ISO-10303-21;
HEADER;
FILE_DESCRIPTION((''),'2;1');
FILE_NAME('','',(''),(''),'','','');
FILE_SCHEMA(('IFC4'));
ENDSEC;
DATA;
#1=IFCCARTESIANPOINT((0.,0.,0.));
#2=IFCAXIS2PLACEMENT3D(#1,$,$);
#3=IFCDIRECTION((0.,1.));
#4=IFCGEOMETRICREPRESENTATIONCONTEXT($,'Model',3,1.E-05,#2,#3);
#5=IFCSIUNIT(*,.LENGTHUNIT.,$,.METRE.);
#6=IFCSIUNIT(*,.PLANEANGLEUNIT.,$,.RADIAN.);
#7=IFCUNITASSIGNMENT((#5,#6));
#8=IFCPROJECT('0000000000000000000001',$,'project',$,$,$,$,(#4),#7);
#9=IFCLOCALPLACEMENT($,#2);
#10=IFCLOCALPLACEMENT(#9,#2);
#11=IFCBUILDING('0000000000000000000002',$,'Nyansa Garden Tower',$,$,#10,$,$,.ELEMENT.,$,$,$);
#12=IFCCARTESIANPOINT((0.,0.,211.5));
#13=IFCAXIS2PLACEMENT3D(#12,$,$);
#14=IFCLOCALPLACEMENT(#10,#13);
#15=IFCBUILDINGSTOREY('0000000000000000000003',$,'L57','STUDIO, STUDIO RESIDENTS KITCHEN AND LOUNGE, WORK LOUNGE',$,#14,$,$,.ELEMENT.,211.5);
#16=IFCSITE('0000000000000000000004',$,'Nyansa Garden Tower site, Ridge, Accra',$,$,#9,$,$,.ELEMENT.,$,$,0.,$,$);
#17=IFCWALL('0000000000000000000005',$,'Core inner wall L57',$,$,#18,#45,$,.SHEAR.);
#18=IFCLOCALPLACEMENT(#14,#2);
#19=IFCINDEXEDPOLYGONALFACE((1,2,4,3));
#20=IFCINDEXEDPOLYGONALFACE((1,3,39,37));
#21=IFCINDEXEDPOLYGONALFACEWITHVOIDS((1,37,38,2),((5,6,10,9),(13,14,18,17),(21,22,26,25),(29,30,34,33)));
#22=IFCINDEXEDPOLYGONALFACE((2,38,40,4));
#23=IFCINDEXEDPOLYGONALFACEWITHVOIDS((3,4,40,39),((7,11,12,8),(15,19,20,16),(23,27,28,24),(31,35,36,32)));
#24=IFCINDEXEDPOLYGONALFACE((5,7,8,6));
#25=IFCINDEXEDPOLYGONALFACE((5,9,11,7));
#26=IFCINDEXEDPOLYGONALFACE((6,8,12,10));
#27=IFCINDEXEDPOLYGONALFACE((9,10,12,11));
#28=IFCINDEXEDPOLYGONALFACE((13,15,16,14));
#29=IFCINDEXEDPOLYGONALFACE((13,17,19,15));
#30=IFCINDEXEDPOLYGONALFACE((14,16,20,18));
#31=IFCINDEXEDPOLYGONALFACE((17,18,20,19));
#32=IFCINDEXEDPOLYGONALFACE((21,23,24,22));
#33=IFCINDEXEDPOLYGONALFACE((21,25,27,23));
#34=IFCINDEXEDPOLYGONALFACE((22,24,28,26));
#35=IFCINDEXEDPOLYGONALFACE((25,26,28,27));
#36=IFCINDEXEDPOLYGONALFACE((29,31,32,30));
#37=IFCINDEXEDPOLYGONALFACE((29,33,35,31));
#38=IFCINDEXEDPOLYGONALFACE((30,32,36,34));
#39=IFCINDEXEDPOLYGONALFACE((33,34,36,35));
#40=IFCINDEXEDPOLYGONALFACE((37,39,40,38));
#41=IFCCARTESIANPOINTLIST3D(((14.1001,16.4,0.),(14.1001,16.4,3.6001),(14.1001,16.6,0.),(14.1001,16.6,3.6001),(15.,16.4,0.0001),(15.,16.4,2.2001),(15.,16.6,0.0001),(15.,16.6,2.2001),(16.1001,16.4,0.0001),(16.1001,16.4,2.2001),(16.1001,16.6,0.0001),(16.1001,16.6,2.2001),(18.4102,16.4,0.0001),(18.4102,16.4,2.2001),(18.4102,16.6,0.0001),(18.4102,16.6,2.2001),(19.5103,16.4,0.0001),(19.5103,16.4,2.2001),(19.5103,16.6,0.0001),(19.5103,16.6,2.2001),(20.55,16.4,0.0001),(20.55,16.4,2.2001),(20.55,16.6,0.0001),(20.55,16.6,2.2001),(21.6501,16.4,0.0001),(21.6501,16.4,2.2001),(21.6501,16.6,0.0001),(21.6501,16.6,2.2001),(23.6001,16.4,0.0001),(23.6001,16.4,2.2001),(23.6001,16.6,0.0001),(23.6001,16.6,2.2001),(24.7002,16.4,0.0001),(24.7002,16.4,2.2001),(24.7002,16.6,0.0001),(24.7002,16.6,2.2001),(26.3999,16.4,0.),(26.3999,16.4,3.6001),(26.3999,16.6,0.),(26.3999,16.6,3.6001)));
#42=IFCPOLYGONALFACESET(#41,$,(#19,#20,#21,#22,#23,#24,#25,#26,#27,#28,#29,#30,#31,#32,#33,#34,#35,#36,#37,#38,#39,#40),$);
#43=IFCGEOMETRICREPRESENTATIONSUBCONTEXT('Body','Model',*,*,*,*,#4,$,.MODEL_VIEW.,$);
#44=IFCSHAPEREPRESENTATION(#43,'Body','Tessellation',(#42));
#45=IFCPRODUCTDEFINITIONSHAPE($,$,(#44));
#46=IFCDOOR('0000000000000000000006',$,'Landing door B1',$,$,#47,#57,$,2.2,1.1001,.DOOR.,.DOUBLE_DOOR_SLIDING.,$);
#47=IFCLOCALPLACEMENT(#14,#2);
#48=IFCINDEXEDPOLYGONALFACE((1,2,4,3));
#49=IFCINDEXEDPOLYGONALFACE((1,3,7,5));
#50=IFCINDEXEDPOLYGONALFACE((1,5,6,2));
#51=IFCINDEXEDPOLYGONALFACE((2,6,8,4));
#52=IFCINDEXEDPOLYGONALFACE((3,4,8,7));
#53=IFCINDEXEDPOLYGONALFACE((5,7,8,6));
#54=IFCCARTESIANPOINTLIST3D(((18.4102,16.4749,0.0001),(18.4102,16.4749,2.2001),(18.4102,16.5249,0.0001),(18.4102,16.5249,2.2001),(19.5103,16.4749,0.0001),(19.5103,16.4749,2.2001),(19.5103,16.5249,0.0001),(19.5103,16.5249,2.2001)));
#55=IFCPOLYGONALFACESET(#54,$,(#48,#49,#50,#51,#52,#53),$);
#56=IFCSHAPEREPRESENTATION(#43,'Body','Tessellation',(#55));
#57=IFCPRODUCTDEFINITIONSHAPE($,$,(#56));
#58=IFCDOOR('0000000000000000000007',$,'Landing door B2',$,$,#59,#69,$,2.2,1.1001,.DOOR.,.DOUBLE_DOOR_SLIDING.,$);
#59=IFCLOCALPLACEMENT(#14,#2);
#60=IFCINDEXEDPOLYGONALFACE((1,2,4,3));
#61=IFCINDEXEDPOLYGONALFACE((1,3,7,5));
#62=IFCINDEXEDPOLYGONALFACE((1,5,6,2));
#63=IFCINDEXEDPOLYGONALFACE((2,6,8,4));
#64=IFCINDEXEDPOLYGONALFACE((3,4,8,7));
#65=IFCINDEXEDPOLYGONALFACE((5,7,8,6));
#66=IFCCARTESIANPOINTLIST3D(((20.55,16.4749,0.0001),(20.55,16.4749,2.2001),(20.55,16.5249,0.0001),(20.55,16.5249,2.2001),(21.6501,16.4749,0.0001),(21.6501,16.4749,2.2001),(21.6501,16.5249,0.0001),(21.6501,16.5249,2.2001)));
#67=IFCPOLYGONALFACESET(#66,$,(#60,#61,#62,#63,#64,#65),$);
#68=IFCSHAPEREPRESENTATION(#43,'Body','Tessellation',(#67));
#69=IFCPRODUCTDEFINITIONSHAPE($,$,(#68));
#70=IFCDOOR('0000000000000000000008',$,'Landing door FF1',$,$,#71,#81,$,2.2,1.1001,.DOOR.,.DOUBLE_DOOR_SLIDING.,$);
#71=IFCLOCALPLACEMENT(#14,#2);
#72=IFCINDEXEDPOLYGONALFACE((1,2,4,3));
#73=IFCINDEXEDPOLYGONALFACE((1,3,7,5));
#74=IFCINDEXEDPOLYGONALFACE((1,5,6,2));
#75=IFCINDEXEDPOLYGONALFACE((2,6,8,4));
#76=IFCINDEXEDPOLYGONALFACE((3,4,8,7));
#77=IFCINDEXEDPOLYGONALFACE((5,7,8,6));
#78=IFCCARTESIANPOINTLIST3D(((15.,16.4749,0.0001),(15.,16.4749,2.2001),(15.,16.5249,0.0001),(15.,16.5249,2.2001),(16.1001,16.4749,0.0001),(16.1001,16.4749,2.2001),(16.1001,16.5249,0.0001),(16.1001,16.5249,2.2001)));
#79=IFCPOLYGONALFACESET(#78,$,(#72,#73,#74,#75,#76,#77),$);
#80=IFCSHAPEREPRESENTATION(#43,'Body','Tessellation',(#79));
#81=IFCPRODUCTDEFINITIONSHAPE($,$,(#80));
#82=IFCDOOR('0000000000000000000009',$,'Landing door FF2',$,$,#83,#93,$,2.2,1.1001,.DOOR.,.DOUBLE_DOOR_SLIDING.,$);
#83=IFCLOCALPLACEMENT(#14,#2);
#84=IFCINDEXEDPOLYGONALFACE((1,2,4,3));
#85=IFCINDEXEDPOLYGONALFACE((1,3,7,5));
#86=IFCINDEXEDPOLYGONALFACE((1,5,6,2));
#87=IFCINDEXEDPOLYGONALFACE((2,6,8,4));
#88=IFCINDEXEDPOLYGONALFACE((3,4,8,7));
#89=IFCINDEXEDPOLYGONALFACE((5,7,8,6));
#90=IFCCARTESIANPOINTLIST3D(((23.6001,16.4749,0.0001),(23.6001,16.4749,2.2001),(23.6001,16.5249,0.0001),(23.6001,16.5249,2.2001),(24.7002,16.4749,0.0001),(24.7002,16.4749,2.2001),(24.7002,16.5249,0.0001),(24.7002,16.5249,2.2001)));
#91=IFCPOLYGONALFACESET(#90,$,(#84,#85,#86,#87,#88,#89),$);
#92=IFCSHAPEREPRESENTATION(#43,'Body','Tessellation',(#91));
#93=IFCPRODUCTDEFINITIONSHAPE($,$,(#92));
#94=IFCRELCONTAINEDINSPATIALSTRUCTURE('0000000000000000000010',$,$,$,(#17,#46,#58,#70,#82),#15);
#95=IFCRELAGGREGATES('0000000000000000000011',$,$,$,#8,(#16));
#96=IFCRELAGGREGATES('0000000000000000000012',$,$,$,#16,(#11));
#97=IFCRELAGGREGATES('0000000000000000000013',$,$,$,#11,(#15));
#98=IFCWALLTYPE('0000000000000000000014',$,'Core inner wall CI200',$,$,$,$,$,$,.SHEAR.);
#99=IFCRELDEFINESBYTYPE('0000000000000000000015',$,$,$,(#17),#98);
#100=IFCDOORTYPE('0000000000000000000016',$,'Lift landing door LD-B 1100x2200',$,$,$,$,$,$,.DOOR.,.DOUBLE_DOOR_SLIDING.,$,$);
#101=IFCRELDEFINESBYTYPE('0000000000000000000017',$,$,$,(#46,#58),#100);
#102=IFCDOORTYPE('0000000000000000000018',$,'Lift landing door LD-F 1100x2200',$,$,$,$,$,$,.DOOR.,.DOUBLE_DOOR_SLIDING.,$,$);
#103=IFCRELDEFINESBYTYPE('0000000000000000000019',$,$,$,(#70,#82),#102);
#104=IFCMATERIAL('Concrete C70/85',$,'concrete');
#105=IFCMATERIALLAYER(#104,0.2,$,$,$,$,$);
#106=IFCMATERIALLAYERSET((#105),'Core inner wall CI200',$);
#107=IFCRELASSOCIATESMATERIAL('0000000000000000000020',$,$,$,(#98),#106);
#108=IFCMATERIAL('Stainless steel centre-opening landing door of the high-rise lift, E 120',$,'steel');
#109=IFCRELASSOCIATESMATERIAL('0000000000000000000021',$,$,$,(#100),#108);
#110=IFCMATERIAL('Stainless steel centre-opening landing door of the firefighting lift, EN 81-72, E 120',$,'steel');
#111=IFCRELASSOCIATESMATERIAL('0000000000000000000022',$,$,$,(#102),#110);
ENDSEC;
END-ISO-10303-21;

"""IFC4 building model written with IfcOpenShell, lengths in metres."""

from ifc_helpers import new_model, si_unit, direction, frame, frame_2d, origin, place, context, subcontext, project, spatial, rectangle, extrude, material, layer, layer_set, type_object, element, fill, save


model = new_model("IFC4")

# Units and contexts
model_context = context("Model", 3, precision=1e-05, world=origin(), true_north=direction((0.0, 1.0)))
body_context = subcontext(model_context, "Body", "Model", "MODEL_VIEW")
ifc_project = project(units=[si_unit("LENGTHUNIT", "METRE"), si_unit("PLANEANGLEUNIT", "RADIAN")], contexts=[model_context])

# Site, building, storey
site_placement = place(None, origin())
site = spatial("IfcSite", under=ifc_project, at=site_placement, Name="Nyansa Garden Tower site, Ridge, Accra", CompositionType="ELEMENT", RefElevation=0.0)
building_placement = place(site_placement, origin())
building = spatial("IfcBuilding", under=site, at=building_placement, Name="Nyansa Garden Tower", CompositionType="ELEMENT")
storey_placement = place(building_placement, frame((0.0, 0.0, 211.5)))
storey = spatial("IfcBuildingStorey", under=building, at=storey_placement, Name="L57", Description="STUDIO, STUDIO RESIDENTS KITCHEN AND LOUNGE, WORK LOUNGE", CompositionType="ELEMENT", Elevation=211.5)

# Wall, openings, doors
ifc_material_1 = material(Name="Concrete C70/85", Category="concrete")
ifc_layer_1 = layer(ifc_material_1, 0.2)
ifc_layer_set_1 = layer_set([ifc_layer_1], Name="Core inner wall CI200")
wall_type_1 = type_object("IfcWallType", Name="Core inner wall CI200", PredefinedType="SHEAR", material=ifc_layer_set_1)
wall_1_placement = place(storey_placement, frame((14.1001, 16.5, 0.0), z_axis=(0.0, 0.0, 1.0), x_axis=(1.0, 0.0, 0.0)))
wall_1 = element("IfcWall", 1, at=wall_1_placement, inside=storey, type_object=wall_type_1, Name="Core inner wall L57", PredefinedType="SHEAR", context=body_context, shape_type="SweptSolid", body=[
    extrude(rectangle(XDim=12.2998, YDim=0.2, at=frame_2d((6.1499, 0.0))), origin(), (0.0, 0.0, 1.0), 3.6001),
])
opening_1_placement = place(wall_1_placement, frame((0.8999, 0.0, 0.0)))
opening_1 = element("IfcOpeningElement", 2, at=opening_1_placement, cuts=wall_1, PredefinedType="OPENING", context=body_context, shape_type="SweptSolid", body=[
    extrude(rectangle(XDim=1.1001, YDim=2.2, at=frame_2d((0.55, 1.1001))), frame((0.0, 0.1099, 0.0), z_axis=(0.0, -1.0, 0.0), x_axis=(1.0, 0.0, 0.0)), (0.0, 0.0, 1.0), 0.22),
])
opening_2_placement = place(wall_1_placement, frame((4.3101, 0.0, 0.0)))
opening_2 = element("IfcOpeningElement", 3, at=opening_2_placement, cuts=wall_1, PredefinedType="OPENING", context=body_context, shape_type="SweptSolid", body=[
    extrude(rectangle(XDim=1.1001, YDim=2.2, at=frame_2d((0.55, 1.1001))), frame((0.0, 0.1099, 0.0), z_axis=(0.0, -1.0, 0.0), x_axis=(1.0, 0.0, 0.0)), (0.0, 0.0, 1.0), 0.22),
])
opening_3_placement = place(wall_1_placement, frame((6.45, 0.0, 0.0)))
opening_3 = element("IfcOpeningElement", 4, at=opening_3_placement, cuts=wall_1, PredefinedType="OPENING", context=body_context, shape_type="SweptSolid", body=[
    extrude(rectangle(XDim=1.1001, YDim=2.2, at=frame_2d((0.55, 1.1001))), frame((0.0, 0.1099, 0.0), z_axis=(0.0, -1.0, 0.0), x_axis=(1.0, 0.0, 0.0)), (0.0, 0.0, 1.0), 0.22),
])
opening_4_placement = place(wall_1_placement, frame((9.5, 0.0, 0.0)))
opening_4 = element("IfcOpeningElement", 5, at=opening_4_placement, cuts=wall_1, PredefinedType="OPENING", context=body_context, shape_type="SweptSolid", body=[
    extrude(rectangle(XDim=1.1001, YDim=2.2, at=frame_2d((0.55, 1.1001))), frame((0.0, 0.1099, 0.0), z_axis=(0.0, -1.0, 0.0), x_axis=(1.0, 0.0, 0.0)), (0.0, 0.0, 1.0), 0.22),
])
ifc_material_2 = material(Name="Stainless steel centre-opening landing door of the high-rise lift, E 120", Category="steel")
door_type_1 = type_object("IfcDoorType", Name="Lift landing door LD-B 1100x2200", OperationType="DOUBLE_DOOR_SLIDING", PredefinedType="DOOR", material=ifc_material_2)
door_1_placement = place(opening_2_placement, origin())
door_1 = element("IfcDoor", 6, at=door_1_placement, inside=storey, type_object=door_type_1, Name="Landing door B1", OperationType="DOUBLE_DOOR_SLIDING", OverallHeight=2.2, OverallWidth=1.1001, PredefinedType="DOOR", context=body_context, shape_type="SweptSolid", body=[
    extrude(rectangle(XDim=1.1001, YDim=2.2, at=frame_2d((0.55, 1.1001))), frame((0.0, 0.0249, 0.0), z_axis=(0.0, -1.0, 0.0), x_axis=(1.0, 0.0, 0.0)), (0.0, 0.0, 1.0), 0.05),
])
fill(opening_2, door_1)
door_2_placement = place(opening_3_placement, origin())
door_2 = element("IfcDoor", 7, at=door_2_placement, inside=storey, type_object=door_type_1, Name="Landing door B2", OperationType="DOUBLE_DOOR_SLIDING", OverallHeight=2.2, OverallWidth=1.1001, PredefinedType="DOOR", context=body_context, shape_type="SweptSolid", body=[
    extrude(rectangle(XDim=1.1001, YDim=2.2, at=frame_2d((0.55, 1.1001))), frame((0.0, 0.0249, 0.0), z_axis=(0.0, -1.0, 0.0), x_axis=(1.0, 0.0, 0.0)), (0.0, 0.0, 1.0), 0.05),
])
fill(opening_3, door_2)
ifc_material_3 = material(Name="Stainless steel centre-opening landing door of the firefighting lift, EN 81-72, E 120", Category="steel")
door_type_2 = type_object("IfcDoorType", Name="Lift landing door LD-F 1100x2200", OperationType="DOUBLE_DOOR_SLIDING", PredefinedType="DOOR", material=ifc_material_3)
door_3_placement = place(opening_1_placement, origin())
door_3 = element("IfcDoor", 8, at=door_3_placement, inside=storey, type_object=door_type_2, Name="Landing door FF1", OperationType="DOUBLE_DOOR_SLIDING", OverallHeight=2.2, OverallWidth=1.1001, PredefinedType="DOOR", context=body_context, shape_type="SweptSolid", body=[
    extrude(rectangle(XDim=1.1001, YDim=2.2, at=frame_2d((0.55, 1.1001))), frame((0.0, 0.0249, 0.0), z_axis=(0.0, -1.0, 0.0), x_axis=(1.0, 0.0, 0.0)), (0.0, 0.0, 1.0), 0.05),
])
fill(opening_1, door_3)
door_4_placement = place(opening_4_placement, origin())
door_4 = element("IfcDoor", 9, at=door_4_placement, inside=storey, type_object=door_type_2, Name="Landing door FF2", OperationType="DOUBLE_DOOR_SLIDING", OverallHeight=2.2, OverallWidth=1.1001, PredefinedType="DOOR", context=body_context, shape_type="SweptSolid", body=[
    extrude(rectangle(XDim=1.1001, YDim=2.2, at=frame_2d((0.55, 1.1001))), frame((0.0, 0.0249, 0.0), z_axis=(0.0, -1.0, 0.0), x_axis=(1.0, 0.0, 0.0)), (0.0, 0.0, 1.0), 0.05),
])
fill(opening_4, door_4)

save(model, "model.ifc")
